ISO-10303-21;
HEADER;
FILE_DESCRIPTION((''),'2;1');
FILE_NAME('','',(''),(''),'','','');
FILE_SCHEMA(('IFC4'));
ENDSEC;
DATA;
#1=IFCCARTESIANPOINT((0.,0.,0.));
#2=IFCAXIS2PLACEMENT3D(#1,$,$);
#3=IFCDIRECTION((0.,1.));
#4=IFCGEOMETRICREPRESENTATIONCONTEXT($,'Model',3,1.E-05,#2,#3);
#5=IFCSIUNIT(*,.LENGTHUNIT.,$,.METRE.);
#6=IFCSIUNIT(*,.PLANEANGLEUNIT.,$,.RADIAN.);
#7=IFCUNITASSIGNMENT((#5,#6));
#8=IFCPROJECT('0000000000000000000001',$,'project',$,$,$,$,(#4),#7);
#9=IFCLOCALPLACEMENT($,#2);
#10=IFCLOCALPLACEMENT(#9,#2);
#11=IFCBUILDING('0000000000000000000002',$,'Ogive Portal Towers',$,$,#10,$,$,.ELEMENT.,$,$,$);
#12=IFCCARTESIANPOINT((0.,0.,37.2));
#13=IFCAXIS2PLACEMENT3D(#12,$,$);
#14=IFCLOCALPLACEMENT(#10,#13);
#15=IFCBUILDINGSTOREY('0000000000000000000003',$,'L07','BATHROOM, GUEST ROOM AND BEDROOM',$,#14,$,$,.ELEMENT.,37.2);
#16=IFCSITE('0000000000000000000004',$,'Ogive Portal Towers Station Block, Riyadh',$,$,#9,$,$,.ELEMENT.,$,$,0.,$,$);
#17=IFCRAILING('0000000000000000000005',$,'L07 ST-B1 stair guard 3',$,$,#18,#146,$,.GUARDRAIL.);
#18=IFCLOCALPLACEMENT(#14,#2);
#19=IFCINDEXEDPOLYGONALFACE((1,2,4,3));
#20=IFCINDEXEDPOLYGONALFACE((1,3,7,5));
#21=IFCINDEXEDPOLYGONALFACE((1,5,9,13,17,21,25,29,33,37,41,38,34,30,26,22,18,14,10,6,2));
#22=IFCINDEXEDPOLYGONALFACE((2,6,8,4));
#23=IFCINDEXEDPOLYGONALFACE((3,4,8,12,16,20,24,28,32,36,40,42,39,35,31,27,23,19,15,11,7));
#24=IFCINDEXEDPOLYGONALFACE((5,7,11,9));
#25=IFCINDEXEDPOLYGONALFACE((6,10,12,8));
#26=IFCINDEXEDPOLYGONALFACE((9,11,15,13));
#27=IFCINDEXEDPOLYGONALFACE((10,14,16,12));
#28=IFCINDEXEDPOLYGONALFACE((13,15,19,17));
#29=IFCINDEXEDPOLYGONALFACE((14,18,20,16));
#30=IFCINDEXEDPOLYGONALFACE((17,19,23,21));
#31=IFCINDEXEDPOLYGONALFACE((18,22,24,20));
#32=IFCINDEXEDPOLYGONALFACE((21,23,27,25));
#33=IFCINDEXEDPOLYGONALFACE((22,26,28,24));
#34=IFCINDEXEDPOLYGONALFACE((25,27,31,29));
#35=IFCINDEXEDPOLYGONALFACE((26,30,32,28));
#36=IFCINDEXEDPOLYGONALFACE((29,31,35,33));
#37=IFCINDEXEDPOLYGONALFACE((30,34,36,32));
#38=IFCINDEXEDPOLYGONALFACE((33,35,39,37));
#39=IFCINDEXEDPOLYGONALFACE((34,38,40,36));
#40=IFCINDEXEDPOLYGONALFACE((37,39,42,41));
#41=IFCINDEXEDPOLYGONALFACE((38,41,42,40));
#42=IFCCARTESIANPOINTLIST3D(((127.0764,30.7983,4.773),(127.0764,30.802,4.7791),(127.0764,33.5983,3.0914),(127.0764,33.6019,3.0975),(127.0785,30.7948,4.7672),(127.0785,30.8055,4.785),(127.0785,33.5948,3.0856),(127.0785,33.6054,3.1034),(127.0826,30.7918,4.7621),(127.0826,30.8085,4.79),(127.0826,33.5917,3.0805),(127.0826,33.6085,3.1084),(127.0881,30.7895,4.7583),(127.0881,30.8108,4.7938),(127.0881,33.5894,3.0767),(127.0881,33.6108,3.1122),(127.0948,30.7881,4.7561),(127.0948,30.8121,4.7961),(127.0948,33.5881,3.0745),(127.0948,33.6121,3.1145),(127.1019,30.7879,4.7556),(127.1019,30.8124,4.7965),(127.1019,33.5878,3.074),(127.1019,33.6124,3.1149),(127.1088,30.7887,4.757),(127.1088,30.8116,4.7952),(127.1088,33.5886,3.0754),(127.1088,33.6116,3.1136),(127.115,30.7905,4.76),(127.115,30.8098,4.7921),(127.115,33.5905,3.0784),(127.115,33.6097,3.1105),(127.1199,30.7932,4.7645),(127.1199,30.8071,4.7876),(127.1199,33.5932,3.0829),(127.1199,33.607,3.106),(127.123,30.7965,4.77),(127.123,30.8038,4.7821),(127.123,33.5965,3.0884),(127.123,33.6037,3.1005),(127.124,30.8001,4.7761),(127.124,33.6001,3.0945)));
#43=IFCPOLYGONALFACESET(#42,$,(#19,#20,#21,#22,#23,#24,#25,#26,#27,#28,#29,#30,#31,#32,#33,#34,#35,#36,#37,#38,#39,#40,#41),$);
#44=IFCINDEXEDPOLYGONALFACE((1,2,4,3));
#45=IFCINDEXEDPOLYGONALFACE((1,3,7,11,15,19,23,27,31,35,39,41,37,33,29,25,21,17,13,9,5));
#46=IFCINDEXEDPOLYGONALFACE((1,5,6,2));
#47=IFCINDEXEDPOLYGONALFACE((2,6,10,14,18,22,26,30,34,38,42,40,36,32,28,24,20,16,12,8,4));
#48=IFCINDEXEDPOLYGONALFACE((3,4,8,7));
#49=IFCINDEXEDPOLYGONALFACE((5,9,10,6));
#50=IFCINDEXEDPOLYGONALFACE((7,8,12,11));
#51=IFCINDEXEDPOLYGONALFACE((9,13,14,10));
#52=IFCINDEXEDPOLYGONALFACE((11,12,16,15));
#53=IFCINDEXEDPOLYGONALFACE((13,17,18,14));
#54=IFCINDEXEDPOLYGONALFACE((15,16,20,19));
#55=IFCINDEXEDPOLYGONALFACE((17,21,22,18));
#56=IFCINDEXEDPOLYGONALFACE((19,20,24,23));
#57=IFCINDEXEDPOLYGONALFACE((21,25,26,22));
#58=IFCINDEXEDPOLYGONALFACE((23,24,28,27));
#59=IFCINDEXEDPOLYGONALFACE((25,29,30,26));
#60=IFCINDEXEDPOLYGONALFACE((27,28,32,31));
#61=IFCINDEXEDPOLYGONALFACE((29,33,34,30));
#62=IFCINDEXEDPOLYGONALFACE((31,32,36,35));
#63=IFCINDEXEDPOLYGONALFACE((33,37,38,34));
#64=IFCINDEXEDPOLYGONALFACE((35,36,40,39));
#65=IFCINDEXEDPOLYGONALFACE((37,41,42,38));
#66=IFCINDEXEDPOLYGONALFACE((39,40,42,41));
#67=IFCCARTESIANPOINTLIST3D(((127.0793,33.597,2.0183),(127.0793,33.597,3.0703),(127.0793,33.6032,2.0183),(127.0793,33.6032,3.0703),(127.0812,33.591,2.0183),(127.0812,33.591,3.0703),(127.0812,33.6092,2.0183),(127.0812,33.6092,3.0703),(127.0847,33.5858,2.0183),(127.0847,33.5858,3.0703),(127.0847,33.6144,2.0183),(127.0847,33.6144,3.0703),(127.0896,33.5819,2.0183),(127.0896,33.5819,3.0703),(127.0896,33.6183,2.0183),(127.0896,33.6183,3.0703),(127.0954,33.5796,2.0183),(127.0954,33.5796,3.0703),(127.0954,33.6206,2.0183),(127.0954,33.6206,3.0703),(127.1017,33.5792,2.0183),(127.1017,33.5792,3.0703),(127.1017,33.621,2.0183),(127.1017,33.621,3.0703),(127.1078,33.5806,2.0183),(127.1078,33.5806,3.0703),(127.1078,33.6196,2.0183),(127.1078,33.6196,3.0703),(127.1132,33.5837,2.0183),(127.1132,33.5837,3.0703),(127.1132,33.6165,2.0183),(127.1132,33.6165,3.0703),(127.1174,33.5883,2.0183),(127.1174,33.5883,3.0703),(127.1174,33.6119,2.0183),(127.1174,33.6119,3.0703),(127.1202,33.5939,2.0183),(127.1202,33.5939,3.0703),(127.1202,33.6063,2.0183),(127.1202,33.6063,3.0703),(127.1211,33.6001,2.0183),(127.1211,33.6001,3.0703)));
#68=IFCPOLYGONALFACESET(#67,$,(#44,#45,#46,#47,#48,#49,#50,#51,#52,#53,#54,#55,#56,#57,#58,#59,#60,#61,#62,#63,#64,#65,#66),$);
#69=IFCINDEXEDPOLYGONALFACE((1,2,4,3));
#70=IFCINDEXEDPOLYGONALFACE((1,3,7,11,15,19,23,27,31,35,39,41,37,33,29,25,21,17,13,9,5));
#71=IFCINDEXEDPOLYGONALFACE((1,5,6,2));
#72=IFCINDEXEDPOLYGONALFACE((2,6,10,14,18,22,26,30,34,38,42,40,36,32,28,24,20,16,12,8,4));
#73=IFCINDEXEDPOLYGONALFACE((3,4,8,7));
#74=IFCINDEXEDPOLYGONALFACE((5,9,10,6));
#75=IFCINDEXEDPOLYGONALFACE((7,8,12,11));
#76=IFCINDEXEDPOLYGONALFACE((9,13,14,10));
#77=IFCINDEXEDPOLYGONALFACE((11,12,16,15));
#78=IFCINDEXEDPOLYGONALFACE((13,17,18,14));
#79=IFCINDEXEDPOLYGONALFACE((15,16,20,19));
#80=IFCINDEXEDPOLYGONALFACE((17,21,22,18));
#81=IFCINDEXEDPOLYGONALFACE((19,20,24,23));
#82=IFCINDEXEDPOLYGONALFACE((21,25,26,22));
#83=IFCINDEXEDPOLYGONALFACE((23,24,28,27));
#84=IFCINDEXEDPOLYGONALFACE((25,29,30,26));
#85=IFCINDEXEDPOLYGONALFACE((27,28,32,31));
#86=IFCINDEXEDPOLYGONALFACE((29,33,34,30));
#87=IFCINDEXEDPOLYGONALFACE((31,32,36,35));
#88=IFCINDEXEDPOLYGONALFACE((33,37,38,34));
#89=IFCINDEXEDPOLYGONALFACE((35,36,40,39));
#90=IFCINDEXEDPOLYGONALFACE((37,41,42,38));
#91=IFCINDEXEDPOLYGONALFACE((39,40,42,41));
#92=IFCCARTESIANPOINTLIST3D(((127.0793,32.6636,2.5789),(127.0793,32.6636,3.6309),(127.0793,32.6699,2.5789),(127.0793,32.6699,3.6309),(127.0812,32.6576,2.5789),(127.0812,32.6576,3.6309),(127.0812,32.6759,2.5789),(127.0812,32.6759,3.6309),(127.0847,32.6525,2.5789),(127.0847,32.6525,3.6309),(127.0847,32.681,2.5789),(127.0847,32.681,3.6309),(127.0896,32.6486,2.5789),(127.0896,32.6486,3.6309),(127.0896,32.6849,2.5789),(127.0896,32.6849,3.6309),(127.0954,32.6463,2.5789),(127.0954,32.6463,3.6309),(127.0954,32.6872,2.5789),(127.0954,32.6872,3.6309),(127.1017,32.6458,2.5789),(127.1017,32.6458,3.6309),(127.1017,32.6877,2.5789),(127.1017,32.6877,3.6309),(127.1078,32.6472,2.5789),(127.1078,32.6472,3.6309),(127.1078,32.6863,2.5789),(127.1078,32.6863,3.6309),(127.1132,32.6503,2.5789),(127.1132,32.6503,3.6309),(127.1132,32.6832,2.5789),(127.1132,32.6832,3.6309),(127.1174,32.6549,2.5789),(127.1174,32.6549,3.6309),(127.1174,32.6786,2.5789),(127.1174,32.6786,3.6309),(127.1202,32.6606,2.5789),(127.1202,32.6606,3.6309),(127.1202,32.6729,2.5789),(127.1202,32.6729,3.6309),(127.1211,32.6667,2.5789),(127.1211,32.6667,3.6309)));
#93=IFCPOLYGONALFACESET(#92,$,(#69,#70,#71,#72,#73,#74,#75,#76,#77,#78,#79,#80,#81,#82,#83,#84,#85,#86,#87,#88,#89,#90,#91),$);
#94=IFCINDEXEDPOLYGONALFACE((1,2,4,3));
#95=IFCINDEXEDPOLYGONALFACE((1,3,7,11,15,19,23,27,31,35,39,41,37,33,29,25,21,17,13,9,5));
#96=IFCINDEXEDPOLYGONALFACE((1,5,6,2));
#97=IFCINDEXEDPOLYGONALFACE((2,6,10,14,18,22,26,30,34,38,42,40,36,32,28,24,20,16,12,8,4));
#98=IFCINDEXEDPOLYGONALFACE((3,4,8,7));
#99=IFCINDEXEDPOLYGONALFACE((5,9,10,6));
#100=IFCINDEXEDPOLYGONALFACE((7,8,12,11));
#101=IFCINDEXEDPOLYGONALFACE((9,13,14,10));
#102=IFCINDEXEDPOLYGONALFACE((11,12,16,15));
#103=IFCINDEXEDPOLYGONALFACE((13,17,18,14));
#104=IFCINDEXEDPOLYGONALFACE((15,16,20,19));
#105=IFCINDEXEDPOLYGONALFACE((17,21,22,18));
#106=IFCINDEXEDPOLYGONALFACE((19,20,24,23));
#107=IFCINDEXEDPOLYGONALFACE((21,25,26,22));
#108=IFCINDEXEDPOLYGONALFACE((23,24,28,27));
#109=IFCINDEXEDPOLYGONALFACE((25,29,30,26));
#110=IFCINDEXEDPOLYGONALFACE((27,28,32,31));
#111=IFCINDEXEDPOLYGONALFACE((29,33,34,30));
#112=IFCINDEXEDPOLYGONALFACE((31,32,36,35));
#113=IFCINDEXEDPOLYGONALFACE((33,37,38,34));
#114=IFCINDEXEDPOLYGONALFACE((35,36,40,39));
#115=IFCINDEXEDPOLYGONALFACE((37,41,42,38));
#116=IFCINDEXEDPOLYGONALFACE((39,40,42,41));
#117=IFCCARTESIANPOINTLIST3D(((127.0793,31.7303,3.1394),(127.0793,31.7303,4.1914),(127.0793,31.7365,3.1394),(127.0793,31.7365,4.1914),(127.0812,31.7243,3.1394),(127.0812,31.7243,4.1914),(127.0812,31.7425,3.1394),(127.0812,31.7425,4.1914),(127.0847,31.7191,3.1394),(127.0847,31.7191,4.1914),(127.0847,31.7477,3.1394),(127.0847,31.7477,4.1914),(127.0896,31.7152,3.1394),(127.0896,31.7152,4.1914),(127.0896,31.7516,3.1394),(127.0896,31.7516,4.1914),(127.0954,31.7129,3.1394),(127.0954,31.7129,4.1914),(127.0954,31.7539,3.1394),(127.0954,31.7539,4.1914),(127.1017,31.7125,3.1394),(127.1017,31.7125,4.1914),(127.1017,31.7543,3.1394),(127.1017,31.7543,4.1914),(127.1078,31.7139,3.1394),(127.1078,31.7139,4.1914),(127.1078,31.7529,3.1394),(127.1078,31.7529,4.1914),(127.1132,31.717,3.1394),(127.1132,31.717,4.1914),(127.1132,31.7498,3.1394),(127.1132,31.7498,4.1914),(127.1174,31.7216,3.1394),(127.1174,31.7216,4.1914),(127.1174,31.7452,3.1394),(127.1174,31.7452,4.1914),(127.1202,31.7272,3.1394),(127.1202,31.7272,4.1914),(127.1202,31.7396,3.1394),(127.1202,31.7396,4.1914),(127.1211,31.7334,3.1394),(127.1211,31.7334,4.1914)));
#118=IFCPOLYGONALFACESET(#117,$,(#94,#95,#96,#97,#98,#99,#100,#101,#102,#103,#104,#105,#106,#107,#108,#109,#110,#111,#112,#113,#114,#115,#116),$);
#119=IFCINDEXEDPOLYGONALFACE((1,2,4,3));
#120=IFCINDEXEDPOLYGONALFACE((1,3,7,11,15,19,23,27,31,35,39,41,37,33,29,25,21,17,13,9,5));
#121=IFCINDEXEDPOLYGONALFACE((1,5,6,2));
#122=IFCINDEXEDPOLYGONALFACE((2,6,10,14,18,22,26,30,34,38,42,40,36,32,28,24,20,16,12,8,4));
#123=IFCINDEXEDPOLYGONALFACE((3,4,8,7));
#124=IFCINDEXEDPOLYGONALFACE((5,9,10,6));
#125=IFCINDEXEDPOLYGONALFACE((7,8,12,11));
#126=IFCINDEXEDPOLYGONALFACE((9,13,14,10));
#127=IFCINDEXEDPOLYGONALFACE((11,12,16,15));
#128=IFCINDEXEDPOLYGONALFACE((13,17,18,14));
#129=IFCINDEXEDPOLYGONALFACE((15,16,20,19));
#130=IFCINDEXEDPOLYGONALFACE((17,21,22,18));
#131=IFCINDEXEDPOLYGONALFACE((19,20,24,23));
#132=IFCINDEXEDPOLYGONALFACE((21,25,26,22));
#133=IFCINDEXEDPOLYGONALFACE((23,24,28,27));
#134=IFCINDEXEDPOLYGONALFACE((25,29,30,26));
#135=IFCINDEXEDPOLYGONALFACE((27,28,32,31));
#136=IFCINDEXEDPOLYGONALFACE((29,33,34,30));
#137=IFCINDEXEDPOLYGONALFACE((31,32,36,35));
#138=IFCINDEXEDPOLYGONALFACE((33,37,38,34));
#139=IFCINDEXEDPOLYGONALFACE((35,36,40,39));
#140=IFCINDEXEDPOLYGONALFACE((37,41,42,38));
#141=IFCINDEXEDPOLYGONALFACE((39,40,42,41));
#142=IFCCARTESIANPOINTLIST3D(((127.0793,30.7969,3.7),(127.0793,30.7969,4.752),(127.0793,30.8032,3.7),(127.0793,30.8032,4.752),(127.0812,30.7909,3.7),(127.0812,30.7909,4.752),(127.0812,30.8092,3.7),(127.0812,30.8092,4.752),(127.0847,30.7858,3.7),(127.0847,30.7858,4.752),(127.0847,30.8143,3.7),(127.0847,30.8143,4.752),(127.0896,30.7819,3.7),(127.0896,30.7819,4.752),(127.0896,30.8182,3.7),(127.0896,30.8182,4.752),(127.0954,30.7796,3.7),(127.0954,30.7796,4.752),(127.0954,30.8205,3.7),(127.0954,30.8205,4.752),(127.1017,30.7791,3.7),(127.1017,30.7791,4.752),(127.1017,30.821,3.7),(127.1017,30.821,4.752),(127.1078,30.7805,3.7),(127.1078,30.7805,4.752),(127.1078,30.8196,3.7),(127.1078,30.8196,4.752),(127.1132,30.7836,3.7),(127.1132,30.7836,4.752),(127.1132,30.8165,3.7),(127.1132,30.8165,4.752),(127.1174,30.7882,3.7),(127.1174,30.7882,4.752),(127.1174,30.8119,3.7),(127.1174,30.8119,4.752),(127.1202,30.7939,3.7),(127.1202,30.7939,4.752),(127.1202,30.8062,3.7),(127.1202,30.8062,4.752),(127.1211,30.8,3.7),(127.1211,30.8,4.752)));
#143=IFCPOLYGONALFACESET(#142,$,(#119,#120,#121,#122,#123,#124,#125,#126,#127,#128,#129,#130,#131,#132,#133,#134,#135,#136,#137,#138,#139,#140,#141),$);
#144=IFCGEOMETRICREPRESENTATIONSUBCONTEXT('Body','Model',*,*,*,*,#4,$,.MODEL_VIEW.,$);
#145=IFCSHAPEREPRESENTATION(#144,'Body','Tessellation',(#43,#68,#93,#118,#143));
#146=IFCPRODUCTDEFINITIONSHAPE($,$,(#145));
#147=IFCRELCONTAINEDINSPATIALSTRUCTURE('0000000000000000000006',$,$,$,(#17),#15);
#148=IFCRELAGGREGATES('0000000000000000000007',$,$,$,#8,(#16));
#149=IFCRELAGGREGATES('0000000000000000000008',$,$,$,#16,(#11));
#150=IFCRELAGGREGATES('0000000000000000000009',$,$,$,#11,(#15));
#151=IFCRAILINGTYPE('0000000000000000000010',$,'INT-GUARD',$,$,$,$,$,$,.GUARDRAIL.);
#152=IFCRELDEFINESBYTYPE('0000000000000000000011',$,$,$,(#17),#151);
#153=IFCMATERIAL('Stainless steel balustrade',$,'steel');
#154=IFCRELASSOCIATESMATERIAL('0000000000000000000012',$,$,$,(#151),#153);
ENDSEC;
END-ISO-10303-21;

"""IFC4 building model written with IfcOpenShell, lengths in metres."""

from ifc_helpers import new_model, si_unit, direction, frame, origin, origin_2d, place, context, subcontext, project, spatial, circle, extrude, material, type_object, element, save


model = new_model("IFC4")

# Units and contexts
model_context = context("Model", 3, precision=1e-05, world=origin(), true_north=direction((0.0, 1.0)))
body_context = subcontext(model_context, "Body", "Model", "MODEL_VIEW")
ifc_project = project(units=[si_unit("LENGTHUNIT", "METRE"), si_unit("PLANEANGLEUNIT", "RADIAN")], contexts=[model_context])

# Site, building, storey
site_placement = place(None, origin())
site = spatial("IfcSite", under=ifc_project, at=site_placement, Name="Ogive Portal Towers Station Block, Riyadh", CompositionType="ELEMENT", RefElevation=0.0)
building_placement = place(site_placement, origin())
building = spatial("IfcBuilding", under=site, at=building_placement, Name="Ogive Portal Towers", CompositionType="ELEMENT")
storey_placement = place(building_placement, frame((0.0, 0.0, 37.2)))
storey = spatial("IfcBuildingStorey", under=building, at=storey_placement, Name="L07", Description="BATHROOM, GUEST ROOM AND BEDROOM", CompositionType="ELEMENT", Elevation=37.2)

# Railing
ifc_material_1 = material(Name="Stainless steel balustrade", Category="steel")
railing_type_1 = type_object("IfcRailingType", Name="INT-GUARD", PredefinedType="GUARDRAIL", material=ifc_material_1)
railing_1_placement = place(storey_placement, frame((127.1001, 33.6001, 2.0183)))
element("IfcRailing", 1, at=railing_1_placement, inside=storey, type_object=railing_type_1, Name="L07 ST-B1 stair guard 3", PredefinedType="GUARDRAIL", context=body_context, shape_type="SweptSolid", body=[
    extrude(circle(Radius=0.0239, at=origin_2d()), frame((0.0, 0.0, 1.0762), z_axis=(0.0, -0.857275, 0.514858), x_axis=(1.0, 0.0, 0.0)), (0.0, 0.0, 1.0), 3.2661),
    extrude(circle(Radius=0.021, at=origin_2d()), origin(), (0.0, 0.0, 1.0), 1.052),
    extrude(circle(Radius=0.021, at=origin_2d()), frame((0.0, -0.9333, 0.5605)), (0.0, 0.0, 1.0), 1.052),
    extrude(circle(Radius=0.021, at=origin_2d()), frame((0.0, -1.8667, 1.1211)), (0.0, 0.0, 1.0), 1.052),
    extrude(circle(Radius=0.021, at=origin_2d()), frame((0.0, -2.8, 1.6816)), (0.0, 0.0, 1.0), 1.052),
])

save(model, "model.ifc")
